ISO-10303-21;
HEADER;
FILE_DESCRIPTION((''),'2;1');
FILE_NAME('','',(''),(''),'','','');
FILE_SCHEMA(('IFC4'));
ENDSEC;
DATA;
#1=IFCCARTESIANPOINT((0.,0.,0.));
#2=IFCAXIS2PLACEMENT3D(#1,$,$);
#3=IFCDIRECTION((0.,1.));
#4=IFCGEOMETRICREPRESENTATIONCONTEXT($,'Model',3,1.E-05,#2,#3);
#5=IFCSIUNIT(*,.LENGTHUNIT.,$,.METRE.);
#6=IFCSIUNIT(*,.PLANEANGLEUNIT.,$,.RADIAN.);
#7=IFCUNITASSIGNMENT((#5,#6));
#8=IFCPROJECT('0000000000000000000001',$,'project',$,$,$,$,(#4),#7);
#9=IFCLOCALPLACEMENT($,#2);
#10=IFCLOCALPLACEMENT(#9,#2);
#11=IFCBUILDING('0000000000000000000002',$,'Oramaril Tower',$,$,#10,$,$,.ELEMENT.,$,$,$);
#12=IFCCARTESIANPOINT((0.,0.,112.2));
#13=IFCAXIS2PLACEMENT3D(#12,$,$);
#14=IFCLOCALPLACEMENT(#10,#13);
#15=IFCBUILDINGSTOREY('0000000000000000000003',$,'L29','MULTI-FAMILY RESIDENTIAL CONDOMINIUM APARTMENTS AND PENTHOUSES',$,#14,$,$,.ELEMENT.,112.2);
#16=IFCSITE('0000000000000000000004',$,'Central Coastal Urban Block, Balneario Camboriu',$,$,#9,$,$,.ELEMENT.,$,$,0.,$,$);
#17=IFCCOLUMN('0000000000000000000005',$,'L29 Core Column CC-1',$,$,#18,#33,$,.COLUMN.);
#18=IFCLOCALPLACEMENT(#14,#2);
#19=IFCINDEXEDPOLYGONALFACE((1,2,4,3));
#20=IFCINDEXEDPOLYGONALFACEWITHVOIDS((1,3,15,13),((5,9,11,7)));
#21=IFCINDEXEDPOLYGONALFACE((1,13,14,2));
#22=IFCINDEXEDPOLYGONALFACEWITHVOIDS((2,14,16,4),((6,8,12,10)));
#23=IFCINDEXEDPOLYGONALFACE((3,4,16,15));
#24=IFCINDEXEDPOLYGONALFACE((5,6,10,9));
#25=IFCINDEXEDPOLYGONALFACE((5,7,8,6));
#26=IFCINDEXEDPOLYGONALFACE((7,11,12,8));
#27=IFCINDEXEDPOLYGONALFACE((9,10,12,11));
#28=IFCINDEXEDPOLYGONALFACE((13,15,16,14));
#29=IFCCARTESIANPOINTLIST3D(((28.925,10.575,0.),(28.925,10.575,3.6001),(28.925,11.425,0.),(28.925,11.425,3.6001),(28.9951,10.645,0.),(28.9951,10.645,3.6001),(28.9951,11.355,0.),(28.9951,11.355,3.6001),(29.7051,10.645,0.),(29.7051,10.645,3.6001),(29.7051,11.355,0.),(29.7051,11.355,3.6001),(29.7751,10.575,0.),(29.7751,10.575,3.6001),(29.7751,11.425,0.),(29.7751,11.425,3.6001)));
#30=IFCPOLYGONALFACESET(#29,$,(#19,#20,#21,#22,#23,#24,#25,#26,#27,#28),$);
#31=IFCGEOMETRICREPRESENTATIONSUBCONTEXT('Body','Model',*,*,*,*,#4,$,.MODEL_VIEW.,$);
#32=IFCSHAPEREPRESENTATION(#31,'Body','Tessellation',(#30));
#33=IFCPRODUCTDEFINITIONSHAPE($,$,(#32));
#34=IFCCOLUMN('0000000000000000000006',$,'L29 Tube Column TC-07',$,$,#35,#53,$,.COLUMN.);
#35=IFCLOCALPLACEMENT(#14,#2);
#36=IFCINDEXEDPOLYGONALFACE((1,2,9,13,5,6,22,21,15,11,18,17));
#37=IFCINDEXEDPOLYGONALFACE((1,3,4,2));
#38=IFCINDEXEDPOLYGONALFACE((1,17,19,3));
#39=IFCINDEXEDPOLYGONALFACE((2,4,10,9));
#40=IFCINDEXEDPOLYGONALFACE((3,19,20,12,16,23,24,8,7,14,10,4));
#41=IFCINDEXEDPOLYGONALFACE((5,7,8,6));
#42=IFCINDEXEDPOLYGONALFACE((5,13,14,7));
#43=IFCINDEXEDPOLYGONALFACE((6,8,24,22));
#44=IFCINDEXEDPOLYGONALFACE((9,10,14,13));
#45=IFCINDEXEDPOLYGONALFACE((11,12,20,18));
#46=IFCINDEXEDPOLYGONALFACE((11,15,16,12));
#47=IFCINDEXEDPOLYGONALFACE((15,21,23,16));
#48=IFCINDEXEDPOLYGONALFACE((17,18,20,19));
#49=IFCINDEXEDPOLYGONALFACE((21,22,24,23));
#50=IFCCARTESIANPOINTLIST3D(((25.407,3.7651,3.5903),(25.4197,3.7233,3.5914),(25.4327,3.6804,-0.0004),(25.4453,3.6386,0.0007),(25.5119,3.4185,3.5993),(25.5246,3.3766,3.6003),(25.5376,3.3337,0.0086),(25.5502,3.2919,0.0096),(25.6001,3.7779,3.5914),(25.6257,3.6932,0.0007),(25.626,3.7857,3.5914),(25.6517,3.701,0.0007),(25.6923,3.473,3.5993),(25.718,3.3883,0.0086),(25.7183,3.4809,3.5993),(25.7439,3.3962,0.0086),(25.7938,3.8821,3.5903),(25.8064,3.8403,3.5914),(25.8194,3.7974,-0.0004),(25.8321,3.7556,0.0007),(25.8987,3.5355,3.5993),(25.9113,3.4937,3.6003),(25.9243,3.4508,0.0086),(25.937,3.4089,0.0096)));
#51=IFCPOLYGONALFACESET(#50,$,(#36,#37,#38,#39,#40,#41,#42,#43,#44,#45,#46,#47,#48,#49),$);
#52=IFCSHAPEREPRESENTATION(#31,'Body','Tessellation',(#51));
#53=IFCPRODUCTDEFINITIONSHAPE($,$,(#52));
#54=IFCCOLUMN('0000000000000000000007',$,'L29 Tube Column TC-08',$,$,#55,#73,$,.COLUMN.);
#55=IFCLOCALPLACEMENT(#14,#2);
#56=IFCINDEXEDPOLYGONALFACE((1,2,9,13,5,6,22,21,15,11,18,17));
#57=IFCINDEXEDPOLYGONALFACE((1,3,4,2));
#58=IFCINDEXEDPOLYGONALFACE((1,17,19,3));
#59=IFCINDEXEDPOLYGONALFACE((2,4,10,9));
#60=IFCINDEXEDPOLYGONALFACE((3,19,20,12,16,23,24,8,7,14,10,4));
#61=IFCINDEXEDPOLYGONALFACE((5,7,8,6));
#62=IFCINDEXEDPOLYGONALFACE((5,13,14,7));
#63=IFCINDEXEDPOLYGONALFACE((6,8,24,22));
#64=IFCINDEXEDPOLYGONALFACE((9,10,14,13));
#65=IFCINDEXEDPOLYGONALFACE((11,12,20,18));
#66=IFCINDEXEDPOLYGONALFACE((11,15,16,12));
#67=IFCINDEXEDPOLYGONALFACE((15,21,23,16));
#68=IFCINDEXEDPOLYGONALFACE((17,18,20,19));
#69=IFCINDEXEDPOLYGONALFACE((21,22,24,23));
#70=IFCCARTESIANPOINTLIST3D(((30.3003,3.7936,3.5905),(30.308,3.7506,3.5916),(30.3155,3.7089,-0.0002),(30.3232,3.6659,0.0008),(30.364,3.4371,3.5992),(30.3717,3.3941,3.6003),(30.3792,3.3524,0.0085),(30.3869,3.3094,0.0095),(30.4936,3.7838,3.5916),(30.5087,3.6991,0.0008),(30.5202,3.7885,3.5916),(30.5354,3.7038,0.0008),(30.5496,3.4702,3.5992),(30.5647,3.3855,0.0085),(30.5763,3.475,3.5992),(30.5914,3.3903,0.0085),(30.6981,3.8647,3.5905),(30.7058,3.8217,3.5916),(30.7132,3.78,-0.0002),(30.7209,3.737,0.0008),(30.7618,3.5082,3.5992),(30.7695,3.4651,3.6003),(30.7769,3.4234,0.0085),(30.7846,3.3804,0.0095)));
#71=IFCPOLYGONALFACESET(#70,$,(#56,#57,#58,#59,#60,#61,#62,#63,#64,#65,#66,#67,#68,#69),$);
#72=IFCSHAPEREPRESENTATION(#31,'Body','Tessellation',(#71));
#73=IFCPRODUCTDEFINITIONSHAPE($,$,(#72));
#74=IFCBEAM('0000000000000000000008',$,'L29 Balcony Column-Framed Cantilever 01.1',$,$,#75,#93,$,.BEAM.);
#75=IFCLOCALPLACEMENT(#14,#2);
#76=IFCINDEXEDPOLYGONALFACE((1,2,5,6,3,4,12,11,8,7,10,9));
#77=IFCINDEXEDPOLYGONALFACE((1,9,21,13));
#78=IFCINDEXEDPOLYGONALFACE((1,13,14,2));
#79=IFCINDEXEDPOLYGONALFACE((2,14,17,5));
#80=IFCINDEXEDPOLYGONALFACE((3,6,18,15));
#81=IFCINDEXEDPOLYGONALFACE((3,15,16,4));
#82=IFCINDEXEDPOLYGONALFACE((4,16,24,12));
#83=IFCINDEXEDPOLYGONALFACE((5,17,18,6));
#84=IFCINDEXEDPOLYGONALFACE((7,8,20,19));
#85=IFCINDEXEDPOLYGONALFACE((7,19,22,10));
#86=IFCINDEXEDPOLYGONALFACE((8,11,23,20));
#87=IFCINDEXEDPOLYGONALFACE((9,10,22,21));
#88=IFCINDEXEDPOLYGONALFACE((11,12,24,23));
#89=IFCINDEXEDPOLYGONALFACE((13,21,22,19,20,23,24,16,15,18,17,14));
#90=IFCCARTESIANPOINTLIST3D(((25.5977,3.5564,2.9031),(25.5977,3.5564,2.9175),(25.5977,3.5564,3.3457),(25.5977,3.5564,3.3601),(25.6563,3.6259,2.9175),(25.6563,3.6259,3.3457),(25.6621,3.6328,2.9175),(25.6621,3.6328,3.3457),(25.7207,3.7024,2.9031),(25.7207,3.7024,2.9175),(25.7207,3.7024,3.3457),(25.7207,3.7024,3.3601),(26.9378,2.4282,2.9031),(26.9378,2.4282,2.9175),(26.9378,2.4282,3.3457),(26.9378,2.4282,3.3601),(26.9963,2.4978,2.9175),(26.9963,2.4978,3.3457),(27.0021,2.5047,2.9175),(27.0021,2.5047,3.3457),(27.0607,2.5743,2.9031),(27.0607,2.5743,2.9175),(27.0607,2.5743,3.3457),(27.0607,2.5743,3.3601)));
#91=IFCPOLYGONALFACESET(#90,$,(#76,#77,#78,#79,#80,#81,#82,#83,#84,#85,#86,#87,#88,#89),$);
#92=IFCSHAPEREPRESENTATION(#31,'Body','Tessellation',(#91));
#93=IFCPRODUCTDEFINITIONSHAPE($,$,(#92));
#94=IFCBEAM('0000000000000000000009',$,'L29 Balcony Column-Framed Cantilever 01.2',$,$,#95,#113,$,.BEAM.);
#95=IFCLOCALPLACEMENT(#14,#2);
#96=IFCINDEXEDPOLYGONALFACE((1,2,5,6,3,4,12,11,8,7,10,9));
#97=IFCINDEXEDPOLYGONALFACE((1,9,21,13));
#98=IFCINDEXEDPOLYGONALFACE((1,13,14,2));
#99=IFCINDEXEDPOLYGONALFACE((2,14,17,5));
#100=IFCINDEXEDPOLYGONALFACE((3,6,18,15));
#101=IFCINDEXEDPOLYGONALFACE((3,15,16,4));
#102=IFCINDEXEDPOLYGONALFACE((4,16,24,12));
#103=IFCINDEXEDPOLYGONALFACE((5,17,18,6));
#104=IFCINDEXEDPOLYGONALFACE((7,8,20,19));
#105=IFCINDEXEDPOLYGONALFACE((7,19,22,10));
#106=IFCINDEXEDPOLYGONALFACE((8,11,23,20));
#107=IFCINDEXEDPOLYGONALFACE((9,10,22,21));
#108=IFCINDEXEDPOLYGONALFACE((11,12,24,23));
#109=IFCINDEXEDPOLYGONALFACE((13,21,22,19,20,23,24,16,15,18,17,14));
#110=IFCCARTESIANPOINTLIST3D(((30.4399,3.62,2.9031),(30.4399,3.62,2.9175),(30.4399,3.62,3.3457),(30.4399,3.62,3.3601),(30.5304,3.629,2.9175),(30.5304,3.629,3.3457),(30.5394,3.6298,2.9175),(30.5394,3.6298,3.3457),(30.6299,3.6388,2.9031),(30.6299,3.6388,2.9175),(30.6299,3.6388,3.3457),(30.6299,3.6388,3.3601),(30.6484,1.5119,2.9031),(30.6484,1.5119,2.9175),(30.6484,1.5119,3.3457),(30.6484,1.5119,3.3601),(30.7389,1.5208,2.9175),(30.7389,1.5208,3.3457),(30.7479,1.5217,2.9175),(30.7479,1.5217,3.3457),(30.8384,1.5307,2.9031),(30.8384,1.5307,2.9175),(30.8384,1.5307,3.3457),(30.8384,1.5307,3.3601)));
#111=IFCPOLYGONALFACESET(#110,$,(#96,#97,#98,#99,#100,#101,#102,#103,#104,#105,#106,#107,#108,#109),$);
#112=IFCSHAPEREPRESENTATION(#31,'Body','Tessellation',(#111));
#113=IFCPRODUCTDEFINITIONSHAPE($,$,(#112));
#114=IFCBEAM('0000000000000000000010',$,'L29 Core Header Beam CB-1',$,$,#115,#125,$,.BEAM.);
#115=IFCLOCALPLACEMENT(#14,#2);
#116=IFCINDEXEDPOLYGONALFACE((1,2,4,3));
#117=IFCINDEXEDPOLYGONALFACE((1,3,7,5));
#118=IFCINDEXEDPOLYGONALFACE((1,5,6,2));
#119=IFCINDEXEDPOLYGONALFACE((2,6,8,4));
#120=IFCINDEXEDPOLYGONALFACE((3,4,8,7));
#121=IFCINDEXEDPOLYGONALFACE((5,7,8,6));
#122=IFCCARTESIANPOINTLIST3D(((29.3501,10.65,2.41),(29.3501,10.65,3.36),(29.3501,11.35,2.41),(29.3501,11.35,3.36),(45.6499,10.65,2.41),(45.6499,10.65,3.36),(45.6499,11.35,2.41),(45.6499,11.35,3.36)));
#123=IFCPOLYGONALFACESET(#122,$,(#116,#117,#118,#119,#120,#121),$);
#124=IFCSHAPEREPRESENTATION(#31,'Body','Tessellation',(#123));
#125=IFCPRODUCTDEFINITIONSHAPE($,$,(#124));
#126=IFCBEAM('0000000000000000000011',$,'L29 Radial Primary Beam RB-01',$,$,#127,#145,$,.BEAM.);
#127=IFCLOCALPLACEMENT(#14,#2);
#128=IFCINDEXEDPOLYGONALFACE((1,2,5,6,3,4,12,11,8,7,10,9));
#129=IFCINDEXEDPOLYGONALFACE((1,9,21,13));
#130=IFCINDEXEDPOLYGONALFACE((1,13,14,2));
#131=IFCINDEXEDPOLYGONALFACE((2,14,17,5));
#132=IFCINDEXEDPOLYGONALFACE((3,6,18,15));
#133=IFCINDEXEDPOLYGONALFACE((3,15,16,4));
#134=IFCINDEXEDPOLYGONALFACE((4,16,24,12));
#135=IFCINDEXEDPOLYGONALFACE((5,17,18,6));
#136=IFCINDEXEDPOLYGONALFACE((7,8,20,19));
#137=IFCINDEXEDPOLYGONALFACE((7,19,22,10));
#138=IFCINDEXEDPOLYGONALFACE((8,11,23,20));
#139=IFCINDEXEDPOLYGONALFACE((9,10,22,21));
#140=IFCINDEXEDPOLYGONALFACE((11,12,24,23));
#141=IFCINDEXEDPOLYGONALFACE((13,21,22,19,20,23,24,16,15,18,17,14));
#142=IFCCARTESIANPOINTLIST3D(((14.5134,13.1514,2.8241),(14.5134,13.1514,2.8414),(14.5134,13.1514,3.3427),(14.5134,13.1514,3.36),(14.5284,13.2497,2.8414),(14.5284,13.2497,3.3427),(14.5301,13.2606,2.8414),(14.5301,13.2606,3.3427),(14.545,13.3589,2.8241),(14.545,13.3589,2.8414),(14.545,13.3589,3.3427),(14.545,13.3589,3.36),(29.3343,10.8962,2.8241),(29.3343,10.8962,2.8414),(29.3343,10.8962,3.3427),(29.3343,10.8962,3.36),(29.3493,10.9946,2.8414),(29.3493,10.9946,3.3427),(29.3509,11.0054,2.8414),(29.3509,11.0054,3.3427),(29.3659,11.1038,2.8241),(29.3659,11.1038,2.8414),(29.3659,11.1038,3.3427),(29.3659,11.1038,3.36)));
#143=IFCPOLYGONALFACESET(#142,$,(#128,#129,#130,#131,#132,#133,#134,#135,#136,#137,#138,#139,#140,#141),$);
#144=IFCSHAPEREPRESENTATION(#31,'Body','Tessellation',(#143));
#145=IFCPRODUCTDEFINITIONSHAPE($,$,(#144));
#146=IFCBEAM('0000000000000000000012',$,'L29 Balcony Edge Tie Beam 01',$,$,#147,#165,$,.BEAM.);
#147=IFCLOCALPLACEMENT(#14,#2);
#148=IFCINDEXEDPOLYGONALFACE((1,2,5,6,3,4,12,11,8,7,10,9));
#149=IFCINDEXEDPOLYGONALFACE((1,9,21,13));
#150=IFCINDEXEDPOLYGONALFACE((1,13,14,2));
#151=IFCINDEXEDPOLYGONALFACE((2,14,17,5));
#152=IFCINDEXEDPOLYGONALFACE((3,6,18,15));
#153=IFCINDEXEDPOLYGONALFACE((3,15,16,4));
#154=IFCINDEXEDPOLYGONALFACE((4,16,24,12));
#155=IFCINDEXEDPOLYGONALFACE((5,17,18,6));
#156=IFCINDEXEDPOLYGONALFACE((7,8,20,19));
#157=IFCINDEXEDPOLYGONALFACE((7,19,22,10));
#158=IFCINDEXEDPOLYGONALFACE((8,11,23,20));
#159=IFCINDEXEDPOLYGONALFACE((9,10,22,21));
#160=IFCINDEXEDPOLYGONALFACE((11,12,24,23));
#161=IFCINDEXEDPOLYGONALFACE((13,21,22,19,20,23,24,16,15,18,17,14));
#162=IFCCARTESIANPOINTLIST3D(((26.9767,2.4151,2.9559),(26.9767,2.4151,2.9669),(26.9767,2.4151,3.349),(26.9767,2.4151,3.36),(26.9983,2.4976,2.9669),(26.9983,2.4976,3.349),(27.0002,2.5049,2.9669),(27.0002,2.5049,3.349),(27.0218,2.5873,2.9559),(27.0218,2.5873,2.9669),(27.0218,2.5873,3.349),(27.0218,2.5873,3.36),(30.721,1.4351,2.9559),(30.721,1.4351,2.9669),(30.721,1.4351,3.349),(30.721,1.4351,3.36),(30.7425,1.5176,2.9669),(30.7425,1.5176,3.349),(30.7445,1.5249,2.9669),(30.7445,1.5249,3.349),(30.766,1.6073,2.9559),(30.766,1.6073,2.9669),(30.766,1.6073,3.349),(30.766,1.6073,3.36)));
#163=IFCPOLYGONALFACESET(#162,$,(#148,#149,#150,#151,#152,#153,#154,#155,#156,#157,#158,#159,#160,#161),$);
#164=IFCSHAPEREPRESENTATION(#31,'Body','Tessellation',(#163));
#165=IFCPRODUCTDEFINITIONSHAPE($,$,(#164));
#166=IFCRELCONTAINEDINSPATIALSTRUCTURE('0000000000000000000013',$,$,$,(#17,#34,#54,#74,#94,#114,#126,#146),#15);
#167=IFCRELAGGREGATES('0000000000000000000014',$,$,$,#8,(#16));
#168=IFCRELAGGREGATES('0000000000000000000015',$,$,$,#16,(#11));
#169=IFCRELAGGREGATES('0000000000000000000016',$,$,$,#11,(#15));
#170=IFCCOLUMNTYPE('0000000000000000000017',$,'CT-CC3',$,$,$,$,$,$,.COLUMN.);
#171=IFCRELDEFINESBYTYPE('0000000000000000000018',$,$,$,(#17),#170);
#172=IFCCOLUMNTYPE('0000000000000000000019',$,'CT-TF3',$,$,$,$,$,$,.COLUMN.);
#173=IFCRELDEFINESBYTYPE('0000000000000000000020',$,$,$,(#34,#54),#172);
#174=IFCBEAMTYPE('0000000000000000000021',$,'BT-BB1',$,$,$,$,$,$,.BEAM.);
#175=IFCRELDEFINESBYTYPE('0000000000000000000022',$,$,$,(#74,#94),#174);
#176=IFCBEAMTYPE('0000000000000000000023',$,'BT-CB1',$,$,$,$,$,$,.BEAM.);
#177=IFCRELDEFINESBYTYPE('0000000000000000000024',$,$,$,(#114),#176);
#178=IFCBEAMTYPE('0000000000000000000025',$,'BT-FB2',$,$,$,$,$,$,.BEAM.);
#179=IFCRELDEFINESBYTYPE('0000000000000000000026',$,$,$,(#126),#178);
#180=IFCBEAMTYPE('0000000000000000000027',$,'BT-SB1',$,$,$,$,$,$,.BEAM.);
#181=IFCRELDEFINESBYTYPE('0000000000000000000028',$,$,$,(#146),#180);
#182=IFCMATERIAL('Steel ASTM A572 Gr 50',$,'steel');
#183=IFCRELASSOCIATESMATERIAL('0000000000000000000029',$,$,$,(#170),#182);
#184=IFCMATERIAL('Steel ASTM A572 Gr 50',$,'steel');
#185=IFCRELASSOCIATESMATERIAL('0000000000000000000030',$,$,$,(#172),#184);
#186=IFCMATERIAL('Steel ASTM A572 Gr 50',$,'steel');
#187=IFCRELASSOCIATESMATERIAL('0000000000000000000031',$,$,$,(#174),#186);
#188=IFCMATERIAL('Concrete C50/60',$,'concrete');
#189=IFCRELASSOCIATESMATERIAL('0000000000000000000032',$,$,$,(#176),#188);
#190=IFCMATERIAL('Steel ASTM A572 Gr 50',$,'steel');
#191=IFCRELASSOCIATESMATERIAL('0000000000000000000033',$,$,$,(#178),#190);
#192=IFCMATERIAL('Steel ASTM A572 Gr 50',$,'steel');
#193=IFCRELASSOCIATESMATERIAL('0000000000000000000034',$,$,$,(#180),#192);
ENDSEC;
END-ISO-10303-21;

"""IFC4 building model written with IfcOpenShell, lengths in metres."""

from ifc_helpers import new_model, si_unit, direction, frame, origin, origin_2d, place, context, subcontext, project, spatial, rectangle, hollow_rectangle, i_section, extrude, material, material_profile, profile_set, type_object, element, save


model = new_model("IFC4")

# Units and contexts
model_context = context("Model", 3, precision=1e-05, world=origin(), true_north=direction((0.0, 1.0)))
body_context = subcontext(model_context, "Body", "Model", "MODEL_VIEW")
ifc_project = project(units=[si_unit("LENGTHUNIT", "METRE"), si_unit("PLANEANGLEUNIT", "RADIAN")], contexts=[model_context])

# Site, building, storey
site_placement = place(None, origin())
site = spatial("IfcSite", under=ifc_project, at=site_placement, Name="Central Coastal Urban Block, Balneario Camboriu", CompositionType="ELEMENT", RefElevation=0.0)
building_placement = place(site_placement, origin())
building = spatial("IfcBuilding", under=site, at=building_placement, Name="Oramaril Tower", CompositionType="ELEMENT")
storey_placement = place(building_placement, frame((0.0, 0.0, 112.2)))
storey = spatial("IfcBuildingStorey", under=building, at=storey_placement, Name="L29", Description="MULTI-FAMILY RESIDENTIAL CONDOMINIUM APARTMENTS AND PENTHOUSES", CompositionType="ELEMENT", Elevation=112.2)

# Columns
ifc_material_1 = material(Name="Steel ASTM A572 Gr 50", Category="steel")
ifc_material_profile_1 = material_profile(ifc_material_1, hollow_rectangle(XDim=0.8501, YDim=0.8501, WallThickness=0.0701, at=origin_2d()), Name="BOX850X850X70")
ifc_profile_set_1 = profile_set([ifc_material_profile_1], Name="Steel ASTM A572 Gr 50")
column_type_1 = type_object("IfcColumnType", Name="CT-CC3", PredefinedType="COLUMN", material=ifc_profile_set_1)
column_placement = place(storey_placement, frame((29.3501, 11.0, 0.0), z_axis=(0.0, 0.0, 1.0), x_axis=(1.0, 0.0, 0.0)))
element("IfcColumn", 1, at=column_placement, inside=storey, type_object=column_type_1, Name="L29 Core Column CC-1", PredefinedType="COLUMN", context=body_context, shape_type="SweptSolid", body=[
    extrude(hollow_rectangle(XDim=0.8501, YDim=0.8501, WallThickness=0.0701, at=origin_2d()), origin(), (0.0, 0.0, 1.0), 3.6001),
])
ifc_material_2 = material(Name="Steel ASTM A572 Gr 50", Category="steel")
ifc_material_profile_2 = material_profile(ifc_material_2, i_section(OverallWidth=0.4041, OverallDepth=0.406, WebThickness=0.0271, FlangeThickness=0.0437, at=origin_2d()), Name="W14X233")
ifc_profile_set_2 = profile_set([ifc_material_profile_2], Name="Steel ASTM A572 Gr 50")
column_type_2 = type_object("IfcColumnType", Name="CT-TF3", PredefinedType="COLUMN", material=ifc_profile_set_2)
for number, where, z_axis, x_axis, name in (
    (2, (25.6848, 3.5447, 0.0046), (-0.007137, 0.023585, 0.999696), (-0.95714, -0.289625, 0.0), "L29 Tube Column TC-07"),
    (3, (30.55, 3.5447, 0.0046), (-0.004214, 0.023586, 0.999713), (-0.98441, -0.175889, 0.0), "L29 Tube Column TC-08"),
):
    element("IfcColumn", number, at=place(storey_placement, frame(where, z_axis=z_axis, x_axis=x_axis)), inside=storey, type_object=column_type_2, Name=name, PredefinedType="COLUMN", context=body_context, shape_type="SweptSolid", body=[
        extrude(i_section(OverallWidth=0.4041, OverallDepth=0.406, WebThickness=0.0271, FlangeThickness=0.0437, at=origin_2d()), origin(), (0.0, 0.0, 1.0), 3.5918),
    ])

# Beams
ifc_material_3 = material(Name="Steel ASTM A572 Gr 50", Category="steel")
ifc_material_profile_3 = material_profile(ifc_material_3, i_section(OverallWidth=0.1909, OverallDepth=0.457, WebThickness=0.009, FlangeThickness=0.0144, at=origin_2d()), Name="W18X50")
ifc_profile_set_3 = profile_set([ifc_material_profile_3], Name="Steel ASTM A572 Gr 50")
beam_type_1 = type_object("IfcBeamType", Name="BT-BB1", PredefinedType="BEAM", material=ifc_profile_set_3)
beam_1_placement = place(storey_placement, frame((25.6592, 3.6294, 3.1316), z_axis=(0.765002, -0.644028, 0.0), x_axis=(0.644028, 0.765002, 0.0)))
element("IfcBeam", 4, at=beam_1_placement, inside=storey, type_object=beam_type_1, Name="L29 Balcony Column-Framed Cantilever 01.1", PredefinedType="BEAM", context=body_context, shape_type="SweptSolid", body=[
    extrude(i_section(OverallWidth=0.1909, OverallDepth=0.457, WebThickness=0.009, FlangeThickness=0.0144, at=origin_2d()), origin(), (0.0, 0.0, 1.0), 1.7517),
])
beam_2_placement = place(storey_placement, frame((30.5349, 3.6294, 3.1316), z_axis=(0.09842, -0.995145, 0.0), x_axis=(0.995145, 0.09842, 0.0)))
element("IfcBeam", 5, at=beam_2_placement, inside=storey, type_object=beam_type_1, Name="L29 Balcony Column-Framed Cantilever 01.2", PredefinedType="BEAM", context=body_context, shape_type="SweptSolid", body=[
    extrude(i_section(OverallWidth=0.1909, OverallDepth=0.457, WebThickness=0.009, FlangeThickness=0.0144, at=origin_2d()), origin(), (0.0, 0.0, 1.0), 2.1184),
])
ifc_material_4 = material(Name="Concrete C50/60", Category="concrete")
ifc_material_profile_4 = material_profile(ifc_material_4, rectangle(XDim=0.7, YDim=0.95, at=origin_2d()), Name="CB700X950")
ifc_profile_set_4 = profile_set([ifc_material_profile_4], Name="Concrete C50/60")
beam_type_2 = type_object("IfcBeamType", Name="BT-CB1", PredefinedType="BEAM", material=ifc_profile_set_4)
beam_3_placement = place(storey_placement, frame((29.3501, 11.0, 2.885), z_axis=(1.0, 0.0, 0.0), x_axis=(0.0, 1.0, 0.0)))
element("IfcBeam", 6, at=beam_3_placement, inside=storey, type_object=beam_type_2, Name="L29 Core Header Beam CB-1", PredefinedType="BEAM", context=body_context, shape_type="SweptSolid", body=[
    extrude(rectangle(XDim=0.7, YDim=0.95, at=origin_2d()), origin(), (0.0, 0.0, 1.0), 16.2998),
])
ifc_material_5 = material(Name="Steel ASTM A572 Gr 50", Category="steel")
ifc_material_profile_5 = material_profile(ifc_material_5, i_section(OverallWidth=0.21, OverallDepth=0.5359, WebThickness=0.011, FlangeThickness=0.0173, at=origin_2d()), Name="W21X68")
ifc_profile_set_5 = profile_set([ifc_material_profile_5], Name="Steel ASTM A572 Gr 50")
beam_type_3 = type_object("IfcBeamType", Name="BT-FB2", PredefinedType="BEAM", material=ifc_profile_set_5)
beam_4_placement = place(storey_placement, frame((29.3501, 11.0, 3.092), z_axis=(-0.988621, 0.150428, 0.0), x_axis=(-0.150428, -0.988621, 0.0)))
element("IfcBeam", 7, at=beam_4_placement, inside=storey, type_object=beam_type_3, Name="L29 Radial Primary Beam RB-01", PredefinedType="BEAM", context=body_context, shape_type="SweptSolid", body=[
    extrude(i_section(OverallWidth=0.21, OverallDepth=0.5359, WebThickness=0.011, FlangeThickness=0.0173, at=origin_2d()), origin(), (0.0, 0.0, 1.0), 14.9915),
])
ifc_material_6 = material(Name="Steel ASTM A572 Gr 50", Category="steel")
ifc_material_profile_6 = material_profile(ifc_material_6, i_section(OverallWidth=0.178, OverallDepth=0.4041, WebThickness=0.0076, FlangeThickness=0.011, at=origin_2d()), Name="W16X36")
ifc_profile_set_6 = profile_set([ifc_material_profile_6], Name="Steel ASTM A572 Gr 50")
beam_type_4 = type_object("IfcBeamType", Name="BT-SB1", PredefinedType="BEAM", material=ifc_profile_set_6)
beam_5_placement = place(storey_placement, frame((26.9993, 2.5012, 3.158), z_axis=(0.967412, -0.253208, 0.0), x_axis=(0.253208, 0.967412, 0.0)))
element("IfcBeam", 8, at=beam_5_placement, inside=storey, type_object=beam_type_4, Name="L29 Balcony Edge Tie Beam 01", PredefinedType="BEAM", context=body_context, shape_type="SweptSolid", body=[
    extrude(i_section(OverallWidth=0.178, OverallDepth=0.4041, WebThickness=0.0076, FlangeThickness=0.011, at=origin_2d()), origin(), (0.0, 0.0, 1.0), 3.8704),
])

save(model, "model.ifc")
